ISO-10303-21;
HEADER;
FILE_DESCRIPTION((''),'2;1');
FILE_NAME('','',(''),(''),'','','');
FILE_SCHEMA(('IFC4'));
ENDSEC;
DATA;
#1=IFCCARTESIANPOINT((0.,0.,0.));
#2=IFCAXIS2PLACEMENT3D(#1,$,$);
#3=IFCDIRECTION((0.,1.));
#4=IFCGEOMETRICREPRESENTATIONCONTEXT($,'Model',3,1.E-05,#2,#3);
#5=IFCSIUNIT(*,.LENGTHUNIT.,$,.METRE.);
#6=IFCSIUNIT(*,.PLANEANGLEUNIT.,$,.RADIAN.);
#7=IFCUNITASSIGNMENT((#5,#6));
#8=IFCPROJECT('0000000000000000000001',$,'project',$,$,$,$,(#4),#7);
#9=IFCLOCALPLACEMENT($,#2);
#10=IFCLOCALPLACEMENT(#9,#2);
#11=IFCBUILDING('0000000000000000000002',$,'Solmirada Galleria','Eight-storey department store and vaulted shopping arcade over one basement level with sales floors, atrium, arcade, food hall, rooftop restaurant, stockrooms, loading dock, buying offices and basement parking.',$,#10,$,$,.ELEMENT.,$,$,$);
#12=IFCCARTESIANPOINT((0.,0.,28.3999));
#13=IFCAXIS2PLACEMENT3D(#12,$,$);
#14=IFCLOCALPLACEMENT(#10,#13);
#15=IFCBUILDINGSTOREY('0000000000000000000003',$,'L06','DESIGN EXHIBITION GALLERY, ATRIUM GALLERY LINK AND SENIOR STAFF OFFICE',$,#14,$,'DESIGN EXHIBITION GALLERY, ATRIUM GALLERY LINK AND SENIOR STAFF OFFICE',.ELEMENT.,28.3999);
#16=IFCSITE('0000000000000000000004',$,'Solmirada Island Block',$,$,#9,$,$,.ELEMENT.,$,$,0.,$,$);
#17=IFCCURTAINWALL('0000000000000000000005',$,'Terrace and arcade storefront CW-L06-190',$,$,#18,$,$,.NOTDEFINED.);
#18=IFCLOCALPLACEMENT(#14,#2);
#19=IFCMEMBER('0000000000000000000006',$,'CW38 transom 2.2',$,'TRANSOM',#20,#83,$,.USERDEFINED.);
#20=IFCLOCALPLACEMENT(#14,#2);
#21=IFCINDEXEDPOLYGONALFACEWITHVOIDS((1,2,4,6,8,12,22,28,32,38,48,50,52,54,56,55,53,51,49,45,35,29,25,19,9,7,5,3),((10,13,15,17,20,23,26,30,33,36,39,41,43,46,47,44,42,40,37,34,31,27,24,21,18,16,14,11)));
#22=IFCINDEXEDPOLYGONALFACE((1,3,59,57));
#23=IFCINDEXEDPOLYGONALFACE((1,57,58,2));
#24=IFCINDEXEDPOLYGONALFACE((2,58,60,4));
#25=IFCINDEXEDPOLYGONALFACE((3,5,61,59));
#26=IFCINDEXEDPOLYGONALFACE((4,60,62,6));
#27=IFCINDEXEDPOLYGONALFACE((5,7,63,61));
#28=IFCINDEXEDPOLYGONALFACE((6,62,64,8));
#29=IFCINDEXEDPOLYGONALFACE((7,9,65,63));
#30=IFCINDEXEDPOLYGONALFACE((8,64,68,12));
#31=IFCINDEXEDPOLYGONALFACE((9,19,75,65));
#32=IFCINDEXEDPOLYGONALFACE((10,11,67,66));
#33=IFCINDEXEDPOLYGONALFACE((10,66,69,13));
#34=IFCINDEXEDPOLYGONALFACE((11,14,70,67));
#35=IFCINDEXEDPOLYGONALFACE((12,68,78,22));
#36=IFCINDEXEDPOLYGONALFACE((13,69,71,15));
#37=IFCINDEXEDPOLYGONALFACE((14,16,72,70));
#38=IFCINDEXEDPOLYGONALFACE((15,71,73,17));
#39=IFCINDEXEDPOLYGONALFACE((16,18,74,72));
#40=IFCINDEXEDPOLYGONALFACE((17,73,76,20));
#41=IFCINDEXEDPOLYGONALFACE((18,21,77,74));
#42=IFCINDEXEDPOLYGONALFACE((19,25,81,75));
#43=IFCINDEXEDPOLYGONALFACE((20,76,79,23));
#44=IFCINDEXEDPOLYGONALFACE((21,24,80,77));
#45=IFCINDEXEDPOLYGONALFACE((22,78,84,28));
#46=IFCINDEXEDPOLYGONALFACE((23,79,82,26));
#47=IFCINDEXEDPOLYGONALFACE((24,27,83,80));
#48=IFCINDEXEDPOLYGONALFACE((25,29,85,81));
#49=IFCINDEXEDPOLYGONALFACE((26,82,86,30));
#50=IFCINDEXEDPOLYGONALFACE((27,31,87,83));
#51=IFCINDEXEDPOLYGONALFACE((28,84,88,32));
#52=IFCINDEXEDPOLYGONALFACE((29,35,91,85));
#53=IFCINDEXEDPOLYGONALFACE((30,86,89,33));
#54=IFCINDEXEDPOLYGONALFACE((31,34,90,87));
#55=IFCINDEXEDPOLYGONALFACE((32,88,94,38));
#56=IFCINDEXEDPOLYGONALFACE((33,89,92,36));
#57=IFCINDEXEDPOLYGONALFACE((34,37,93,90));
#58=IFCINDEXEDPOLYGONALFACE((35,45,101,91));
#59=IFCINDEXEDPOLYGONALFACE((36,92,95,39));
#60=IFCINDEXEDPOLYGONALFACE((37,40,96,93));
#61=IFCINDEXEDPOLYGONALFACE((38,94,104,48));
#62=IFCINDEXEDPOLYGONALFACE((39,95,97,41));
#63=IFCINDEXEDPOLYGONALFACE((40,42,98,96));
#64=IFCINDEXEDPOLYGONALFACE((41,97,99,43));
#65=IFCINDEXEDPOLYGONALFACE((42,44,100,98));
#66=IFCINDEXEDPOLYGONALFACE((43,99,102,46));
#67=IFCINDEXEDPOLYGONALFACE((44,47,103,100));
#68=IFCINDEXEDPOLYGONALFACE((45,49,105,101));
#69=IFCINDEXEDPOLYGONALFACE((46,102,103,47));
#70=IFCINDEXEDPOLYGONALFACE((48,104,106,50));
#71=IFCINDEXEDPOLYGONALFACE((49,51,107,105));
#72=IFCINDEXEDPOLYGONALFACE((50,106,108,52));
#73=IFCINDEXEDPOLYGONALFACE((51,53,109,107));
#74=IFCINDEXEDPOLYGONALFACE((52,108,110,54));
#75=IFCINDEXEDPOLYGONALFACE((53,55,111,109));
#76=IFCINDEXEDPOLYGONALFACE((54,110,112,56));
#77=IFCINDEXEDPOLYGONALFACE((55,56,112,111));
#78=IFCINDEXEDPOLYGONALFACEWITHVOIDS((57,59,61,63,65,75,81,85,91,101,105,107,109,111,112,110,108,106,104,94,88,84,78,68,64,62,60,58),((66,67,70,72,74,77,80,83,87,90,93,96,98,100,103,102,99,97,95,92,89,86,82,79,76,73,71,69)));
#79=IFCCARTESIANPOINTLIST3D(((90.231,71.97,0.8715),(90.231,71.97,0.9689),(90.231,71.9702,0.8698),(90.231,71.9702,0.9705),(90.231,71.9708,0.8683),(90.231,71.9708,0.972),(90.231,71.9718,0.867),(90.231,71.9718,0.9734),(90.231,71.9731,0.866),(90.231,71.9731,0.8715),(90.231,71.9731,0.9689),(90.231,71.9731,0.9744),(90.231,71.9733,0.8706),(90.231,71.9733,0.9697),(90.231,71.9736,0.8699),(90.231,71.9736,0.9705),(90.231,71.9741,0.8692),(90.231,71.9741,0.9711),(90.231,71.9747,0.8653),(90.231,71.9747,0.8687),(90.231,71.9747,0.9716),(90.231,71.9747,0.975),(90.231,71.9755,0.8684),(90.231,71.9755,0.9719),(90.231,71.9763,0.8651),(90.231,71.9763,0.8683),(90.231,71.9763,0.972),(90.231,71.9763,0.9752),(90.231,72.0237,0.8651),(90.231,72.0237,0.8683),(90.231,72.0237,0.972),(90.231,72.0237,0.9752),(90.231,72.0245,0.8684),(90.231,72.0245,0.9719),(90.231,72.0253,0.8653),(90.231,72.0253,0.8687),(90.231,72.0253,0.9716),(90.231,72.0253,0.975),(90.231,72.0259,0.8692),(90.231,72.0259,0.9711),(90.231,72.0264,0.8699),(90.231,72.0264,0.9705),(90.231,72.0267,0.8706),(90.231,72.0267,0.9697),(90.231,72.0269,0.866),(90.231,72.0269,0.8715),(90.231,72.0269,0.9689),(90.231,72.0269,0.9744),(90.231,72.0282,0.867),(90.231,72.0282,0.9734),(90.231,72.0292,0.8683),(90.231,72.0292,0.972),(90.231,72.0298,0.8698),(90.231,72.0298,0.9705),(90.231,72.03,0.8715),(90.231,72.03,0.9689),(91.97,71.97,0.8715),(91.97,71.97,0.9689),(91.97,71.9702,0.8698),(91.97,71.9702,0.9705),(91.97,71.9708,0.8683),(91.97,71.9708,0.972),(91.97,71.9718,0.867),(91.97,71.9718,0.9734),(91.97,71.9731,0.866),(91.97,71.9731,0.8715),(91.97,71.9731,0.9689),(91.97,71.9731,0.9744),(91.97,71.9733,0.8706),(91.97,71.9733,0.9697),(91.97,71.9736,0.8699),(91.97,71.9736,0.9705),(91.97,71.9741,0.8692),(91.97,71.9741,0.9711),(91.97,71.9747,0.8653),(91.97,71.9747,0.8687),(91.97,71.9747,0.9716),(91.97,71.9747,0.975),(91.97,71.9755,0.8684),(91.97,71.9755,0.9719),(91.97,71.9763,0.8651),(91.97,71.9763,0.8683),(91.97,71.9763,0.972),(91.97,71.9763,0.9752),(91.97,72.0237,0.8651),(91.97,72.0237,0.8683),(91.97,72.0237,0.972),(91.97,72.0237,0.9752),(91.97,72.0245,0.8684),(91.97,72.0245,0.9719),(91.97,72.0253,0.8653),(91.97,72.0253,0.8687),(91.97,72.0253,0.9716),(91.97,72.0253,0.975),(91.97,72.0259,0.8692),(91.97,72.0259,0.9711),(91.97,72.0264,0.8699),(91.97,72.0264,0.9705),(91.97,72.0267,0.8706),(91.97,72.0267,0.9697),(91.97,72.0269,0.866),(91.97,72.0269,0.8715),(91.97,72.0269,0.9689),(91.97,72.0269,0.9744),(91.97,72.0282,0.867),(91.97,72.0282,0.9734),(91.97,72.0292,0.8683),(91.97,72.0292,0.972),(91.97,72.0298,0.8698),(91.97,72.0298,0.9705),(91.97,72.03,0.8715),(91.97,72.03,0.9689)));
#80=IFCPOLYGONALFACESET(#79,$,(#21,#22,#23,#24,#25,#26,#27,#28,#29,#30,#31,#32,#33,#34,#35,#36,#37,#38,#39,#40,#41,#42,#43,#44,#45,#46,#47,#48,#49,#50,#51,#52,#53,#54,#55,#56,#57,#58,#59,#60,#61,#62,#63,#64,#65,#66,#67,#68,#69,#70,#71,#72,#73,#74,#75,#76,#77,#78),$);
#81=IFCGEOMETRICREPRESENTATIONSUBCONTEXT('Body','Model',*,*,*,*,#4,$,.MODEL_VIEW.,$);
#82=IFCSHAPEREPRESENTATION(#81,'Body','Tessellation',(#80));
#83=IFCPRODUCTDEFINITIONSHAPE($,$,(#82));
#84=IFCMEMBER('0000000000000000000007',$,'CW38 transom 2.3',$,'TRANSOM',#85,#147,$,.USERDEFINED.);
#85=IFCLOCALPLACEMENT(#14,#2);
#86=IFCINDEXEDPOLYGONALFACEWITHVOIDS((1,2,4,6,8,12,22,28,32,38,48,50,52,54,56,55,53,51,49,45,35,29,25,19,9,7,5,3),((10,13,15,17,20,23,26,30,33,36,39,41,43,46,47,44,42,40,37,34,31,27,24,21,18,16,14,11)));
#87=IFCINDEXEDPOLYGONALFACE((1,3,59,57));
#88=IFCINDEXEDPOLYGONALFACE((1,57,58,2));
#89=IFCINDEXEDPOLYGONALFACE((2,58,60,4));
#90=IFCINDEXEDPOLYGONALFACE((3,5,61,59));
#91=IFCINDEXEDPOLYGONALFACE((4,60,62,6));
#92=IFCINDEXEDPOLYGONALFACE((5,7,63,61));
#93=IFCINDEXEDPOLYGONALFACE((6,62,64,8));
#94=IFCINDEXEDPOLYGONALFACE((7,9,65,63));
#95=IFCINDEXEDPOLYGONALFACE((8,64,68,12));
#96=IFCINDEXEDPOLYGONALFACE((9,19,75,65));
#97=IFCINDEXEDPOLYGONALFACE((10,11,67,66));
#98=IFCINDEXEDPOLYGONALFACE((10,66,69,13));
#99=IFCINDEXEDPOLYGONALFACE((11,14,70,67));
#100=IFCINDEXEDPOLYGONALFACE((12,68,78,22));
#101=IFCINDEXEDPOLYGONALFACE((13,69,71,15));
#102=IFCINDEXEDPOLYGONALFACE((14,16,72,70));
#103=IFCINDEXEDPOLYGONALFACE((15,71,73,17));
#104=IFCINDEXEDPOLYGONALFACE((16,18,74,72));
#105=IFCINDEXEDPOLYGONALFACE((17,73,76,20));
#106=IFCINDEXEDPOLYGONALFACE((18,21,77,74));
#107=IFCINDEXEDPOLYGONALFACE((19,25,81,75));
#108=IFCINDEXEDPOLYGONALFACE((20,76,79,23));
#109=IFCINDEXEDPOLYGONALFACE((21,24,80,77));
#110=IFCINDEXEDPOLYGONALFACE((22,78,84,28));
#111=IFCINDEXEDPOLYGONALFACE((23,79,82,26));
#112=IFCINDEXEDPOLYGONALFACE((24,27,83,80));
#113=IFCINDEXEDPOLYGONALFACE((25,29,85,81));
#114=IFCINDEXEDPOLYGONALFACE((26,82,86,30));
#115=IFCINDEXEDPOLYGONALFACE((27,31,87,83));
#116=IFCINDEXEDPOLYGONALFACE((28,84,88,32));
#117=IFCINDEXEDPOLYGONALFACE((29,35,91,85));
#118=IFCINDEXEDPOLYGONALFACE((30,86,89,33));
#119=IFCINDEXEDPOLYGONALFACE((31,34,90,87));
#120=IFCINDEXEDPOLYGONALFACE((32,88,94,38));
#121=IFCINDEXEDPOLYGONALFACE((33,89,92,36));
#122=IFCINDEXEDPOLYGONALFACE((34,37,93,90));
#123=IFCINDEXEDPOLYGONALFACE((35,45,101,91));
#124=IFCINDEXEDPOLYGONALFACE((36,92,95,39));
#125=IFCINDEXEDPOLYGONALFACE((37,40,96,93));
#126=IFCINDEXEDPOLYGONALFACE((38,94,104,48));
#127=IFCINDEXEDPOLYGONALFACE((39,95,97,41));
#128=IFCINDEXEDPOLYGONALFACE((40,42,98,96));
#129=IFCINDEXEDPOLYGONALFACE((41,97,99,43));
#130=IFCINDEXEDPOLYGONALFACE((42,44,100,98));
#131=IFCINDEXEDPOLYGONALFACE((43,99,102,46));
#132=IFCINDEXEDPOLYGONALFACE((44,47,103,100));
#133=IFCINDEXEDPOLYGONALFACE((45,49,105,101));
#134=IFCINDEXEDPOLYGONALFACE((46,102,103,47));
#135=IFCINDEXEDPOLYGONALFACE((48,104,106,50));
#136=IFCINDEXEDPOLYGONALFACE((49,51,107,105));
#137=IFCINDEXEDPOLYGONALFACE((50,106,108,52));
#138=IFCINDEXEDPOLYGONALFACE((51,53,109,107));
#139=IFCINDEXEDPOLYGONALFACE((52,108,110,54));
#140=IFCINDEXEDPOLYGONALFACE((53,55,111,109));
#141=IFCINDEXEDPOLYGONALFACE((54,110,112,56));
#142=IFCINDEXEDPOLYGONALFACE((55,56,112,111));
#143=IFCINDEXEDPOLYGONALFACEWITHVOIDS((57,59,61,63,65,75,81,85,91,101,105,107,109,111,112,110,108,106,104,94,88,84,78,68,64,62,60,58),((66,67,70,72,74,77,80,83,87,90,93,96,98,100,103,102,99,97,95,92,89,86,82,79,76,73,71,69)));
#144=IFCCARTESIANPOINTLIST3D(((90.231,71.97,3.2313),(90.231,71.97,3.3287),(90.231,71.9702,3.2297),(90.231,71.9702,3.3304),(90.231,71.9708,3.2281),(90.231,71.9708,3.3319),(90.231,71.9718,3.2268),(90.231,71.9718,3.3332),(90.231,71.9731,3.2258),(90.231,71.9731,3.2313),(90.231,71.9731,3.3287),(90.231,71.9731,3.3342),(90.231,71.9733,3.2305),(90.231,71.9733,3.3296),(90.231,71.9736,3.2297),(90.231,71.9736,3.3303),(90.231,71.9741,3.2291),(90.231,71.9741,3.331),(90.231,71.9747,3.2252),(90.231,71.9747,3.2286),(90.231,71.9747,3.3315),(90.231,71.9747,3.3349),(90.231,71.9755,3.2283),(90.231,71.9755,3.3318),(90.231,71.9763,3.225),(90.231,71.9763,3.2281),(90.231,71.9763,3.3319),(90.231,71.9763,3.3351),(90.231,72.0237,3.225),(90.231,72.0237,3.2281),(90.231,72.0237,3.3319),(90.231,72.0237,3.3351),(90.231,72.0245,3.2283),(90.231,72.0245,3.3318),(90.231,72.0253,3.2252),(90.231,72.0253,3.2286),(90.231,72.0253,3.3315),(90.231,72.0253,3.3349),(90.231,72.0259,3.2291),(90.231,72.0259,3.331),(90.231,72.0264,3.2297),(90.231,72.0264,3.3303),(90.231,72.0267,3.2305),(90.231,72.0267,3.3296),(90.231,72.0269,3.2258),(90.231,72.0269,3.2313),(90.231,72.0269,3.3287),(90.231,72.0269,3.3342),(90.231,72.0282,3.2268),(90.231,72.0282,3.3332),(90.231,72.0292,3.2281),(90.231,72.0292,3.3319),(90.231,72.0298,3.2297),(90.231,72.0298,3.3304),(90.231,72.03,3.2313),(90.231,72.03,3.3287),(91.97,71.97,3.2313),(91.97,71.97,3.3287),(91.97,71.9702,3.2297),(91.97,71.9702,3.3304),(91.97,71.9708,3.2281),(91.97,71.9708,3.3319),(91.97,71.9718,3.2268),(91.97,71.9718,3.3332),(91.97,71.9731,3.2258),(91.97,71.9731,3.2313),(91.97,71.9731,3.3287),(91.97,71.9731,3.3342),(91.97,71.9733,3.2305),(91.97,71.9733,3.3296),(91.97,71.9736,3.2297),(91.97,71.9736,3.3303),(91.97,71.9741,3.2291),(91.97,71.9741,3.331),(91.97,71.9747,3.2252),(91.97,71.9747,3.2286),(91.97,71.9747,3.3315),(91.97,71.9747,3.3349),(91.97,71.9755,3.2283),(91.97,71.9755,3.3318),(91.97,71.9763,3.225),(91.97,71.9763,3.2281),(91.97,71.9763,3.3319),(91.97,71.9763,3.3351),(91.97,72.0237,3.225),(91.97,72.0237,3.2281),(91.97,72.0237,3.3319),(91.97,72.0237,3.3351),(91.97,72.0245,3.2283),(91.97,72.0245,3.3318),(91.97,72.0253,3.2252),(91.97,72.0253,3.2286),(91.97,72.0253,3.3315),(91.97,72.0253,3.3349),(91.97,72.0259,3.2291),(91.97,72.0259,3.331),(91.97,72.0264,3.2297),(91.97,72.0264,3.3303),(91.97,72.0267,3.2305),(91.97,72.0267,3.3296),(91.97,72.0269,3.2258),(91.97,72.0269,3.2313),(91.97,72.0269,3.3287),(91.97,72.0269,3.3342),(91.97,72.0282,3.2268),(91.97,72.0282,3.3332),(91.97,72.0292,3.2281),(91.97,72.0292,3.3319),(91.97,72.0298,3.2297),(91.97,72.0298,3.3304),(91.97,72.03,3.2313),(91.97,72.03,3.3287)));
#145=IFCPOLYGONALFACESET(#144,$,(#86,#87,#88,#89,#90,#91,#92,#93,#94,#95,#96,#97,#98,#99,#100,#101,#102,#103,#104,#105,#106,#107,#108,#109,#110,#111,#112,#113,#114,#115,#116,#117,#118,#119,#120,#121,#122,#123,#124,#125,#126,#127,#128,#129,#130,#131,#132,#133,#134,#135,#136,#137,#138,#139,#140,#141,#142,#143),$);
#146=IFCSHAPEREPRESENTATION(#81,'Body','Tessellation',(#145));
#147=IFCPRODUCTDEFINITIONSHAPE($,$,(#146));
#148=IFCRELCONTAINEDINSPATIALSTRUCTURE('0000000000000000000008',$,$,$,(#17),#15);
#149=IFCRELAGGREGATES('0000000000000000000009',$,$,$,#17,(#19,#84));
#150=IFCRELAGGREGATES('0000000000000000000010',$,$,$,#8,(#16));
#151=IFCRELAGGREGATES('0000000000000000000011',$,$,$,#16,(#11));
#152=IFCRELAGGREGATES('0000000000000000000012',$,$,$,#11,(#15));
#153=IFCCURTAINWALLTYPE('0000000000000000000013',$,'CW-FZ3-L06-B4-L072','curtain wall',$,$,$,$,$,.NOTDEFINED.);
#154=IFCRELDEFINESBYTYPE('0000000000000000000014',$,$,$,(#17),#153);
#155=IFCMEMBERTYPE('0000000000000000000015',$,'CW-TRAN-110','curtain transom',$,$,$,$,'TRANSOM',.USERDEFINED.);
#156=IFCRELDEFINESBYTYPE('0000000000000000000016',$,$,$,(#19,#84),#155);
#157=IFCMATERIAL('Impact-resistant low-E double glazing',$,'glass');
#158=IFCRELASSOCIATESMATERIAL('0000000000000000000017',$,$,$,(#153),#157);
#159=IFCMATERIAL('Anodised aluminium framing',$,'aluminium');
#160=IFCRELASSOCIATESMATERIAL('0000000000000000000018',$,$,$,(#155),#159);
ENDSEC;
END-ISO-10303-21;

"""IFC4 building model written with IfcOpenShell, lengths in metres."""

from ifc_helpers import new_model, si_unit, direction, frame, origin, origin_2d, place, context, subcontext, project, spatial, hollow_rectangle, extrude, material, material_profile, profile_set, type_object, element, aggregate, save


model = new_model("IFC4")

# Units and contexts
model_context = context("Model", 3, precision=1e-05, world=origin(), true_north=direction((0.0, 1.0)))
body_context = subcontext(model_context, "Body", "Model", "MODEL_VIEW")
ifc_project = project(units=[si_unit("LENGTHUNIT", "METRE"), si_unit("PLANEANGLEUNIT", "RADIAN")], contexts=[model_context])

# Site, building, storey
site_placement = place(None, origin())
site = spatial("IfcSite", under=ifc_project, at=site_placement, Name="Solmirada Island Block", CompositionType="ELEMENT", RefElevation=0.0)
building_placement = place(site_placement, origin())
building = spatial("IfcBuilding", under=site, at=building_placement, Name="Solmirada Galleria", Description="Eight-storey department store and vaulted shopping arcade over one basement level with sales floors, atrium, arcade, food hall, rooftop restaurant, stockrooms, loading dock, buying offices and basement parking.", CompositionType="ELEMENT")
storey_placement = place(building_placement, frame((0.0, 0.0, 28.3999)))
storey = spatial("IfcBuildingStorey", under=building, at=storey_placement, Name="L06", Description="DESIGN EXHIBITION GALLERY, ATRIUM GALLERY LINK AND SENIOR STAFF OFFICE", LongName="DESIGN EXHIBITION GALLERY, ATRIUM GALLERY LINK AND SENIOR STAFF OFFICE", CompositionType="ELEMENT", Elevation=28.3999)

# Shared definitions
ifc_material_1 = material(Name="Impact-resistant low-E double glazing", Category="glass")
curtain_wall_type = type_object("IfcCurtainWallType", Name="CW-FZ3-L06-B4-L072", Description="curtain wall", PredefinedType="NOTDEFINED", material=ifc_material_1)
ifc_material_2 = material(Name="Anodised aluminium framing", Category="aluminium")

# Curtain wall, members
curtain_wall_1_placement = place(storey_placement, origin())
curtain_wall_1 = element("IfcCurtainWall", 1, at=curtain_wall_1_placement, inside=storey, type_object=curtain_wall_type, Name="Terrace and arcade storefront CW-L06-190", PredefinedType="NOTDEFINED")
ifc_material_profile_1 = material_profile(ifc_material_2, hollow_rectangle(XDim=0.0601, YDim=0.1101, WallThickness=0.0032, InnerFilletRadius=0.0032, OuterFilletRadius=0.0063, at=origin_2d()), Name="ALU-TRAN-110X60")
ifc_profile_set_1 = profile_set([ifc_material_profile_1], Name="Anodised aluminium framing")
member_type_1 = type_object("IfcMemberType", Name="CW-TRAN-110", Description="curtain transom", ElementType="TRANSOM", PredefinedType="USERDEFINED", material=ifc_profile_set_1)
member_1_placement = place(storey_placement, frame((90.231, 72.0, 0.9202), z_axis=(1.0, 0.0, 0.0), x_axis=(0.0, 1.0, 0.0)))
member_1 = element("IfcMember", 2, at=member_1_placement, type_object=member_type_1, Name="CW38 transom 2.2", ObjectType="TRANSOM", PredefinedType="USERDEFINED", context=body_context, shape_type="SweptSolid", body=[
    extrude(hollow_rectangle(XDim=0.0601, YDim=0.1101, WallThickness=0.0032, InnerFilletRadius=0.0032, OuterFilletRadius=0.0063, at=origin_2d()), origin(), (0.0, 0.0, 1.0), 1.739),
])
member_2_placement = place(storey_placement, frame((90.231, 72.0, 3.28), z_axis=(1.0, 0.0, 0.0), x_axis=(0.0, 1.0, 0.0)))
member_2 = element("IfcMember", 3, at=member_2_placement, type_object=member_type_1, Name="CW38 transom 2.3", ObjectType="TRANSOM", PredefinedType="USERDEFINED", context=body_context, shape_type="SweptSolid", body=[
    extrude(hollow_rectangle(XDim=0.0601, YDim=0.1101, WallThickness=0.0032, InnerFilletRadius=0.0032, OuterFilletRadius=0.0063, at=origin_2d()), origin(), (0.0, 0.0, 1.0), 1.739),
])

aggregate(curtain_wall_1, [member_1, member_2])

save(model, "model.ifc")
